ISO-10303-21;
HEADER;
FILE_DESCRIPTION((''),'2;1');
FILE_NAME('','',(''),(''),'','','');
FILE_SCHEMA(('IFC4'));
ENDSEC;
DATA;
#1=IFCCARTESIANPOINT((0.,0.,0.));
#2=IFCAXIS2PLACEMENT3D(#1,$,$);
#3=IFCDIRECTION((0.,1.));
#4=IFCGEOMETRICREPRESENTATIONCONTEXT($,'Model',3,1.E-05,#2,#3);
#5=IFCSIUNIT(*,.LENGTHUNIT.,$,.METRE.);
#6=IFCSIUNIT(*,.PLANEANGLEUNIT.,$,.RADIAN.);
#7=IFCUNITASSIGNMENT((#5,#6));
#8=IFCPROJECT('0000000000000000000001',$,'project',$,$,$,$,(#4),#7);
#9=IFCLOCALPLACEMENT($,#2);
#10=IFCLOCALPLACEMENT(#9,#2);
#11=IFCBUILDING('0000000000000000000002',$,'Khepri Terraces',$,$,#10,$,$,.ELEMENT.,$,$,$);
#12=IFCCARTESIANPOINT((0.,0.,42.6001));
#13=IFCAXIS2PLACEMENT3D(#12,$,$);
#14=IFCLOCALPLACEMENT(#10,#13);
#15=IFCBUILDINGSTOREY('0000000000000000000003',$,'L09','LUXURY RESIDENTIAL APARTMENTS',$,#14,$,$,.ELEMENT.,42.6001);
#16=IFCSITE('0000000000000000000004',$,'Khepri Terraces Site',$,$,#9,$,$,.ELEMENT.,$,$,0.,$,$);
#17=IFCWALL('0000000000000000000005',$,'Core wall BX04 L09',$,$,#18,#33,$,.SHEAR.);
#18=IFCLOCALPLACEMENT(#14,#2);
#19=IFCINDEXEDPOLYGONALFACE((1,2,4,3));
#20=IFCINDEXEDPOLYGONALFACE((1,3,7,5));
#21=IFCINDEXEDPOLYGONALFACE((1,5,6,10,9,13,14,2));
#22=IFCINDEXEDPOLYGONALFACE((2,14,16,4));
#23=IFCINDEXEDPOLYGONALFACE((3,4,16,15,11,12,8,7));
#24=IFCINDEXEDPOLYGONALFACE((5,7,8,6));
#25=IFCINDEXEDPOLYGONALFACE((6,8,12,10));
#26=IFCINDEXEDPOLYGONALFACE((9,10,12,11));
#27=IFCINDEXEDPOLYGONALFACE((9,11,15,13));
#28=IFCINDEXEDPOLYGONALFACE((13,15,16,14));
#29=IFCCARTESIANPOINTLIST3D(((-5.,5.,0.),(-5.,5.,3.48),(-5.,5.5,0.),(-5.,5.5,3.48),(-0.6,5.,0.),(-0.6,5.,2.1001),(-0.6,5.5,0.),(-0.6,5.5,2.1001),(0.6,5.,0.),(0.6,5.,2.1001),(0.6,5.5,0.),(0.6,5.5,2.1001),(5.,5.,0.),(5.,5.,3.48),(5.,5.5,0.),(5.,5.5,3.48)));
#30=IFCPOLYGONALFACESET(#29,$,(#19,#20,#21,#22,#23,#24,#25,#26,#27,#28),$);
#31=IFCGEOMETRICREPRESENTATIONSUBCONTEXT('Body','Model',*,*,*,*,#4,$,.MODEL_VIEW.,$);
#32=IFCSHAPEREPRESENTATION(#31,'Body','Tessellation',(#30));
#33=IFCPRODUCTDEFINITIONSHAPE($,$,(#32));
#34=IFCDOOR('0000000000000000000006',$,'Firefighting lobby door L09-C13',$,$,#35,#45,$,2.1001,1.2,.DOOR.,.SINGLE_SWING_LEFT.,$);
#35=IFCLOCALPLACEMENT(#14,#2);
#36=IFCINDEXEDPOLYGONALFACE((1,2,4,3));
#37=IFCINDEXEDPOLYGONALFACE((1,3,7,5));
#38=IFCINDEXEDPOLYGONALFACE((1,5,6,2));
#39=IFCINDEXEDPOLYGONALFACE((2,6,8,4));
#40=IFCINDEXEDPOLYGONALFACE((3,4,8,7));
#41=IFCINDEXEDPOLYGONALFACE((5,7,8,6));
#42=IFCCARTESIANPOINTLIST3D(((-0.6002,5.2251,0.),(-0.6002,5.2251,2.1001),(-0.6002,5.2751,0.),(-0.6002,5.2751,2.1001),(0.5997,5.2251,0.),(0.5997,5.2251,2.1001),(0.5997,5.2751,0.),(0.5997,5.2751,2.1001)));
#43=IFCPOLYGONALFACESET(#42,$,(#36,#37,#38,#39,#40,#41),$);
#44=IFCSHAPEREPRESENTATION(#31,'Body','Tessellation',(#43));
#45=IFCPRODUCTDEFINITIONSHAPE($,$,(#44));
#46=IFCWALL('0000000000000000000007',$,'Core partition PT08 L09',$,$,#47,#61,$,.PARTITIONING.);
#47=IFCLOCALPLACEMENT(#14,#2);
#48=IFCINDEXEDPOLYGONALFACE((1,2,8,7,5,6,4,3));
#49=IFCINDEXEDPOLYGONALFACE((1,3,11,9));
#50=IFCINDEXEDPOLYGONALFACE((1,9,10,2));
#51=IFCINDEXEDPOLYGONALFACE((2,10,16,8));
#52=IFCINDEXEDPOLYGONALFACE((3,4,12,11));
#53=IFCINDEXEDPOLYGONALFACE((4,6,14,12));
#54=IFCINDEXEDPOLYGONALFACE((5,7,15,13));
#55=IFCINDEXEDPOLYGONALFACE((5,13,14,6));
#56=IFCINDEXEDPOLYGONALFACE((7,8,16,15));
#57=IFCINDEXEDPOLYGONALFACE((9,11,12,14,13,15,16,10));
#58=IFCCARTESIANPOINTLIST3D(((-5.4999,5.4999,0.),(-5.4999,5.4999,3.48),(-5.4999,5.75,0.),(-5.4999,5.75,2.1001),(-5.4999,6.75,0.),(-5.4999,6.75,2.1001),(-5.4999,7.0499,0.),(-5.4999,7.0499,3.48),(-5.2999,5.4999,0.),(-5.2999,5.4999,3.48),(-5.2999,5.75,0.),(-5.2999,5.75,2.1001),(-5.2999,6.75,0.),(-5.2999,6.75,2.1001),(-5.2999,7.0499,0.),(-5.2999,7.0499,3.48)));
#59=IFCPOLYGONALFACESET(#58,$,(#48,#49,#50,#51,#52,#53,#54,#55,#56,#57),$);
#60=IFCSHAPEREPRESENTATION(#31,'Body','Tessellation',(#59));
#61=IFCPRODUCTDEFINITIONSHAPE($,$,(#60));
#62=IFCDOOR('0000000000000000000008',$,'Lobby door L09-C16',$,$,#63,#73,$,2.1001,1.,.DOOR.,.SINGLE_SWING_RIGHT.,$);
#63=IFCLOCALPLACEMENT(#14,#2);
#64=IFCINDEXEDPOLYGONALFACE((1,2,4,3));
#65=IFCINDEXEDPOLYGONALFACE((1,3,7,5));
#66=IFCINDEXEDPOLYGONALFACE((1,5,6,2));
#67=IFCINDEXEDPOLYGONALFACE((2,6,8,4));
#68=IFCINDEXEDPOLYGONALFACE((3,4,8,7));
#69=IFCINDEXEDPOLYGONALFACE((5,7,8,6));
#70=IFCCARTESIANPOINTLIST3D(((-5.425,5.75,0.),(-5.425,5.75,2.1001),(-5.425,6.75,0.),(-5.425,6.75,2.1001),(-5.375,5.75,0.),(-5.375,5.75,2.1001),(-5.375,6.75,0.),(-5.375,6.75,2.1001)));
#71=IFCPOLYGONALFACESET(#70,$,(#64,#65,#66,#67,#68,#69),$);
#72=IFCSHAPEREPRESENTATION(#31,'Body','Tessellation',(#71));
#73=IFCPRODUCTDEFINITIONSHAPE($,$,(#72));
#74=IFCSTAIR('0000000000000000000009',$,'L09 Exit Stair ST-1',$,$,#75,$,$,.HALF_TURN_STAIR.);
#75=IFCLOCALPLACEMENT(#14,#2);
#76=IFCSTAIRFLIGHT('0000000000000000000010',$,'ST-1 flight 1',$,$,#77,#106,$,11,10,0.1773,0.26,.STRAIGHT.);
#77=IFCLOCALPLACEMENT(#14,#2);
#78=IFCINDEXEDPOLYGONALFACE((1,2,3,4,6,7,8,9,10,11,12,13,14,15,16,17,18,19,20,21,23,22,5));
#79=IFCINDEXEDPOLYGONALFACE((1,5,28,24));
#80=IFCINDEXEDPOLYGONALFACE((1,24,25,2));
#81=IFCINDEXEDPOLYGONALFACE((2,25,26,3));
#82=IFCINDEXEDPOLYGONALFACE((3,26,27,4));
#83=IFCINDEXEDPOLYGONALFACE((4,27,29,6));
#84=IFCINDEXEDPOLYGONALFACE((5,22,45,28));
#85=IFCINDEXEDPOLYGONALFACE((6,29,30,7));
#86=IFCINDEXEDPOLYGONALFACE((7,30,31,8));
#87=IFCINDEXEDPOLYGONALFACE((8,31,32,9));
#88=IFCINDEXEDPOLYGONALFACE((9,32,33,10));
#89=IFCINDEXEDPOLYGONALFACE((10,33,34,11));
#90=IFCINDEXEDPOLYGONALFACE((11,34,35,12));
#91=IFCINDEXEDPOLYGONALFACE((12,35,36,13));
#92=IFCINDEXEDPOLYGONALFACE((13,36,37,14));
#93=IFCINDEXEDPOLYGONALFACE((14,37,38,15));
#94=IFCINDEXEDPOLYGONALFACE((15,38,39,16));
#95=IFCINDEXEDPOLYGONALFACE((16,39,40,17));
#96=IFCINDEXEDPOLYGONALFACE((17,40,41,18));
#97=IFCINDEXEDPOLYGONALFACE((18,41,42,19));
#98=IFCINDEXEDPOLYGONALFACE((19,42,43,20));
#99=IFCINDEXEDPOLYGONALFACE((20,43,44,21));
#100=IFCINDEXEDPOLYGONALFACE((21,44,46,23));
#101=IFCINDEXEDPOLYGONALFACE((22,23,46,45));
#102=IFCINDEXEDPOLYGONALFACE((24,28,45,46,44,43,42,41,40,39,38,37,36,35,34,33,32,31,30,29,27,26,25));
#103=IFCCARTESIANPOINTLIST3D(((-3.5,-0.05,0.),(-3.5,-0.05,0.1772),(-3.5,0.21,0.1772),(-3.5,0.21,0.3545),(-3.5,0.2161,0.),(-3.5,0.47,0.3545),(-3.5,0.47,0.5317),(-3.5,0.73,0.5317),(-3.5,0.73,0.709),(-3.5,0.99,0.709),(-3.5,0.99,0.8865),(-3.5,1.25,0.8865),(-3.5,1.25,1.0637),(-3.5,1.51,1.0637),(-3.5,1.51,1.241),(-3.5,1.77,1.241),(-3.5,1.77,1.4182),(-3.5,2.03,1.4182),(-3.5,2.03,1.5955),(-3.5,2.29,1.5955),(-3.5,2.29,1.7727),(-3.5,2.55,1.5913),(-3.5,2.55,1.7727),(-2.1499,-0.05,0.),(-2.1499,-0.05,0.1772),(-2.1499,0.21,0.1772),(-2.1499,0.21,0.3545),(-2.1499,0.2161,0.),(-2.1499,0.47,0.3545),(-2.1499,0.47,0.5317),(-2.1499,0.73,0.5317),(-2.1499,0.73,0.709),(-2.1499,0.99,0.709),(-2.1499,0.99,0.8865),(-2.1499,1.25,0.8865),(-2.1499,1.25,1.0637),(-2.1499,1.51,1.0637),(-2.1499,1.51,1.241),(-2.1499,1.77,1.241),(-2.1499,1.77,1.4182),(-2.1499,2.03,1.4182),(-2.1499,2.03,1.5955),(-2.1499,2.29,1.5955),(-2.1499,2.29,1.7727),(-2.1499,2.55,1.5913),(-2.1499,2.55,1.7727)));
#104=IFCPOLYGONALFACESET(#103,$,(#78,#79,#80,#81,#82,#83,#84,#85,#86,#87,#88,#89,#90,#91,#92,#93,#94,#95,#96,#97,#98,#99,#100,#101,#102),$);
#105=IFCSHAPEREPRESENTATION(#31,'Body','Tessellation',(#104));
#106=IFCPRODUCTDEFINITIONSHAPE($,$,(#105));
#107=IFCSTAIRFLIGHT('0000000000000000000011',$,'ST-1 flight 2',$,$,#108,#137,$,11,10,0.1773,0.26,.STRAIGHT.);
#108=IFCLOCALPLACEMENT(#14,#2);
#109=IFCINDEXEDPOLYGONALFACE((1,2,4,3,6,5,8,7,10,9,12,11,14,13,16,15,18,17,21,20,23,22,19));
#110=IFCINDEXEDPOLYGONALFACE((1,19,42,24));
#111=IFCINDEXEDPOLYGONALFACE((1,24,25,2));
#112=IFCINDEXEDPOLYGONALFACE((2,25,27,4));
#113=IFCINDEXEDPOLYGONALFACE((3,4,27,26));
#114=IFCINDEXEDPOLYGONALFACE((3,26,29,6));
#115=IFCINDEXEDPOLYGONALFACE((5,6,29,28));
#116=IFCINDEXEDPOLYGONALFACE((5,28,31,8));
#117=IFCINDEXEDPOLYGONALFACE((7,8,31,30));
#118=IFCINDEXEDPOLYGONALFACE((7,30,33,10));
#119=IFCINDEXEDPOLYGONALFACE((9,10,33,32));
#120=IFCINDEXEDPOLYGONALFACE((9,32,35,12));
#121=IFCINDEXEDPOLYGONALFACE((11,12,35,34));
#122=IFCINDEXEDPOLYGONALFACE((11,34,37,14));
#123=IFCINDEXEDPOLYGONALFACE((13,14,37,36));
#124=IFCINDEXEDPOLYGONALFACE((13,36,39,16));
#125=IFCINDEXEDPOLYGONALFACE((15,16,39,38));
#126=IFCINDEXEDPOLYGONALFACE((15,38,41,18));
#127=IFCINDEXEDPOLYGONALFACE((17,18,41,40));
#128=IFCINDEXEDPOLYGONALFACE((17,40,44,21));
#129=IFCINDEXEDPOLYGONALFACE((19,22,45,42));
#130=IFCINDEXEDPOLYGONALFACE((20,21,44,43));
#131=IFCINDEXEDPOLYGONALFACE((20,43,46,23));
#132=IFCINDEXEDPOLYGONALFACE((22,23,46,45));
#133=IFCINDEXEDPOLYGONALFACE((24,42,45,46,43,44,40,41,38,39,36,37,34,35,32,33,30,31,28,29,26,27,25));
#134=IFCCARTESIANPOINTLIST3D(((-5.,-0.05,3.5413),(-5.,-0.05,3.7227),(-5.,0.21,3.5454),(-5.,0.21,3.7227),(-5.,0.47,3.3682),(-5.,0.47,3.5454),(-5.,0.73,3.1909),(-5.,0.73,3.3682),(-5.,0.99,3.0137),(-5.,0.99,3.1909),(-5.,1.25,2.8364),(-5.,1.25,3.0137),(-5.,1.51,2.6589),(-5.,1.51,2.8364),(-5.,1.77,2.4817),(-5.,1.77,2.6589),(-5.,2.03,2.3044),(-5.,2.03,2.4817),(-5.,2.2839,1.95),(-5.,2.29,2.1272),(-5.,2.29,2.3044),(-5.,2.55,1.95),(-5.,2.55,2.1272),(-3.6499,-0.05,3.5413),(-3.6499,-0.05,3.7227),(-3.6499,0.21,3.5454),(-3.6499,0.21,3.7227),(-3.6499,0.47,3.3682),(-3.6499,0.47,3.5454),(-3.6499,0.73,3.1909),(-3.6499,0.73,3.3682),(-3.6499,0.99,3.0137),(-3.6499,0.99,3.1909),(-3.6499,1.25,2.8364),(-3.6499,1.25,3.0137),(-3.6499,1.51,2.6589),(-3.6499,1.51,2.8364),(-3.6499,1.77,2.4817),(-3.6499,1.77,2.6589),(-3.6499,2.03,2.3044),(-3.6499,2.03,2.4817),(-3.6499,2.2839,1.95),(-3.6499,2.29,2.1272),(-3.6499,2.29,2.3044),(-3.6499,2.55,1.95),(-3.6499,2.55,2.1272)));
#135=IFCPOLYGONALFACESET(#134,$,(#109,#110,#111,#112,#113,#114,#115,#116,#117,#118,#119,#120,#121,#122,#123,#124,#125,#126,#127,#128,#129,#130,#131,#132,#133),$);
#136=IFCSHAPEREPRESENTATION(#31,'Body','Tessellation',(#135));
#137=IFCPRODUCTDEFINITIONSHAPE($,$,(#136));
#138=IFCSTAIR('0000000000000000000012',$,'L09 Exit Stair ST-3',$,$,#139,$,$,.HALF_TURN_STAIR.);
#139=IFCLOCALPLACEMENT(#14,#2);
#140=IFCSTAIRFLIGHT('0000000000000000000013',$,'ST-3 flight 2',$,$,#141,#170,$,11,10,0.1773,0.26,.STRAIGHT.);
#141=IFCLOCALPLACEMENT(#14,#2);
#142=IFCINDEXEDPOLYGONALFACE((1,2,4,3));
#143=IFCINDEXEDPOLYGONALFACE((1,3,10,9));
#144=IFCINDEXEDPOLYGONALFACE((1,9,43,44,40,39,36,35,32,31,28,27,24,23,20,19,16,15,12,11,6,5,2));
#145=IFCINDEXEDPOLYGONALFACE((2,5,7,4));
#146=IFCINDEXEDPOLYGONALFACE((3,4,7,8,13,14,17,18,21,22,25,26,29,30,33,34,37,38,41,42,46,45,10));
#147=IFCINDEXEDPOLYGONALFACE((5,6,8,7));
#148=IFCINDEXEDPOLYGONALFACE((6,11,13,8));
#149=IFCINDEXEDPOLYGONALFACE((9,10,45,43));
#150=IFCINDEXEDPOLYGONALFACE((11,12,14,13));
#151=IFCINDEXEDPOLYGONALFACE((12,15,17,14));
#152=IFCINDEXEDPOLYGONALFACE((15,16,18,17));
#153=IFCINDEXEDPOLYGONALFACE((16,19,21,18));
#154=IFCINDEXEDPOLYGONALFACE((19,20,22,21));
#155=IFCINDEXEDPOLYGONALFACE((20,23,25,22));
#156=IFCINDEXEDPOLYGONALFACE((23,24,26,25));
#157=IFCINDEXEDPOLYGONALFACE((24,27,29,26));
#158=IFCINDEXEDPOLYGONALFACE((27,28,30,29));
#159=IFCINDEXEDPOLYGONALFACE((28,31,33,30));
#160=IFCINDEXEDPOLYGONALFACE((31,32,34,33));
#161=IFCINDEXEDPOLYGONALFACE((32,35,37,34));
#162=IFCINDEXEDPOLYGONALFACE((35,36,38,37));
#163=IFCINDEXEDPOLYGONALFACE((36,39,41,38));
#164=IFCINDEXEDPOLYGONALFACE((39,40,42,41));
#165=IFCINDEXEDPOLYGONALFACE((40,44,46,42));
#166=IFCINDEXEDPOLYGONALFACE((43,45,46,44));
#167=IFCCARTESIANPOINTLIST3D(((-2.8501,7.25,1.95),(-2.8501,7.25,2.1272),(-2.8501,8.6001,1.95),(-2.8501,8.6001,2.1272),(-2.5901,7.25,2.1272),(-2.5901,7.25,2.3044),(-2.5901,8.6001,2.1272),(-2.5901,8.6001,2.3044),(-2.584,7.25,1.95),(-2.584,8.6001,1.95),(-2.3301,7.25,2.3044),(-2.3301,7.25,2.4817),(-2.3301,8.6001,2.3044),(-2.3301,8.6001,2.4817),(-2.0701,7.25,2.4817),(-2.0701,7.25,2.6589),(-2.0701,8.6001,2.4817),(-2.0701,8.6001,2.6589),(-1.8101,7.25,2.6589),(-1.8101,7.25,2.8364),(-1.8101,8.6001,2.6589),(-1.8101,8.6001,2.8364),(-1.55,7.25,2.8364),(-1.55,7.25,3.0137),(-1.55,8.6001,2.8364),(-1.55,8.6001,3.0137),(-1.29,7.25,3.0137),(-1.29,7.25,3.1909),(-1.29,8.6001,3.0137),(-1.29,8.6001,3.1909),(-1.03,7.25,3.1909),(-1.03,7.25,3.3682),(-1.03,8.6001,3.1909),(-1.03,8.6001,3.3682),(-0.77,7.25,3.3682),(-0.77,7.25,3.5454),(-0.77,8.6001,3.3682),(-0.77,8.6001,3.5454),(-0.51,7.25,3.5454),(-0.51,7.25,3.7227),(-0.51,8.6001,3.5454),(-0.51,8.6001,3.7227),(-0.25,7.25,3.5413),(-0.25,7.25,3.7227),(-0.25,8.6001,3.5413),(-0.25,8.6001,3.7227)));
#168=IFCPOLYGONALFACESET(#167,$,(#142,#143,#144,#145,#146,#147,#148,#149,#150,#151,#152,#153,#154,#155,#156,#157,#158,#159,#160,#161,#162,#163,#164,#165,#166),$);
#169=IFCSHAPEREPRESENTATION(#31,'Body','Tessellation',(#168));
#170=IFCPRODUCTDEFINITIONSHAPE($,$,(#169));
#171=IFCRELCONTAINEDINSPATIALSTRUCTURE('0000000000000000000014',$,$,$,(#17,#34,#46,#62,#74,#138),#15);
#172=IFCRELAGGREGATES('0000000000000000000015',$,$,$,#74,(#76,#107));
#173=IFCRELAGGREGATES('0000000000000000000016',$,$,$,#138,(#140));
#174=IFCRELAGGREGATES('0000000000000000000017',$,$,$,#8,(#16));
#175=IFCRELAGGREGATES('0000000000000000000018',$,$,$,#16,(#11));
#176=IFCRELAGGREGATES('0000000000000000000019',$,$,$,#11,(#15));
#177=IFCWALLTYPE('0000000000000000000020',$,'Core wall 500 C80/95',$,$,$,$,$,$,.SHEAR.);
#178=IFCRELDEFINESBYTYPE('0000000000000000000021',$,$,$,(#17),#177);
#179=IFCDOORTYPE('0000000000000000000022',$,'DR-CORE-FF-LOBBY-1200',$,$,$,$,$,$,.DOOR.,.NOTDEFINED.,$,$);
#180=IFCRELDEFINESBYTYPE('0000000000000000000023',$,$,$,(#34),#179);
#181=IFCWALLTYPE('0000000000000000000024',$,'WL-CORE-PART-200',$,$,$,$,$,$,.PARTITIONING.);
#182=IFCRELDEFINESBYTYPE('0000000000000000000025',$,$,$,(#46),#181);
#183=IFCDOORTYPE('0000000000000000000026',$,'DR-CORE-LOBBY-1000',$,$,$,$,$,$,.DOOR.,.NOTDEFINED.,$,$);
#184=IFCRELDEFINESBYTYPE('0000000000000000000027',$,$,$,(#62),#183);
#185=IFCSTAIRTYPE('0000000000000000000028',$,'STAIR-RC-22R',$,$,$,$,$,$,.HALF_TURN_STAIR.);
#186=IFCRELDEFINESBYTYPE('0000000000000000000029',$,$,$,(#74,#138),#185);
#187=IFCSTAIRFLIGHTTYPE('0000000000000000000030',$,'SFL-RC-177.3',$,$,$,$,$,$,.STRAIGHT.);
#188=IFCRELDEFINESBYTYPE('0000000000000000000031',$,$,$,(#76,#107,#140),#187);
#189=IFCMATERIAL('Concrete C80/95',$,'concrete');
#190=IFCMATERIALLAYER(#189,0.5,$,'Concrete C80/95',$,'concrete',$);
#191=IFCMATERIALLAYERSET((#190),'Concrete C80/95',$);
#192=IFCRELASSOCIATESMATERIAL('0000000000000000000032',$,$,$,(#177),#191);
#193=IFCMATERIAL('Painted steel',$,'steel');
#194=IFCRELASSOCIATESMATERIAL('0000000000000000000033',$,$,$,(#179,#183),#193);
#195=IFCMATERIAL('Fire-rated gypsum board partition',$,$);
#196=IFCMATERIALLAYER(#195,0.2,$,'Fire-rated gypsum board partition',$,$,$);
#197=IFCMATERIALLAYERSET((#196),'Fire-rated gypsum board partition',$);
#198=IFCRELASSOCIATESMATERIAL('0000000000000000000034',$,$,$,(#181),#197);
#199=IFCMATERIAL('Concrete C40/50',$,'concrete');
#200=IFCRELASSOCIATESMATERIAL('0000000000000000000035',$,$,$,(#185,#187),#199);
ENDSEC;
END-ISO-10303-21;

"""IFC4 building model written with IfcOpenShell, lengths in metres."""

from ifc_helpers import new_model, si_unit, direction, frame, frame_2d, origin, place, context, subcontext, project, spatial, polyline, rectangle, outline, extrude, material, layer, layer_set, type_object, element, fill, aggregate, save


model = new_model("IFC4")

# Units and contexts
model_context = context("Model", 3, precision=1e-05, world=origin(), true_north=direction((0.0, 1.0)))
body_context = subcontext(model_context, "Body", "Model", "MODEL_VIEW")
ifc_project = project(units=[si_unit("LENGTHUNIT", "METRE"), si_unit("PLANEANGLEUNIT", "RADIAN")], contexts=[model_context])

# Site, building, storey
site_placement = place(None, origin())
site = spatial("IfcSite", under=ifc_project, at=site_placement, Name="Khepri Terraces Site", CompositionType="ELEMENT", RefElevation=0.0)
building_placement = place(site_placement, origin())
building = spatial("IfcBuilding", under=site, at=building_placement, Name="Khepri Terraces", CompositionType="ELEMENT")
storey_placement = place(building_placement, frame((0.0, 0.0, 42.6001)))
storey = spatial("IfcBuildingStorey", under=building, at=storey_placement, Name="L09", Description="LUXURY RESIDENTIAL APARTMENTS", CompositionType="ELEMENT", Elevation=42.6001)

# Shared definitions
ifc_material_1 = material(Name="Concrete C40/50", Category="concrete")

# Shared definitions
ifc_material_2 = material(Name="Concrete C80/95", Category="concrete")

# Walls, openings, doors
ifc_layer_1 = layer(ifc_material_2, 0.5, Name="Concrete C80/95", Category="concrete")
ifc_layer_set_1 = layer_set([ifc_layer_1], Name="Concrete C80/95")
wall_type_1 = type_object("IfcWallType", Name="Core wall 500 C80/95", PredefinedType="SHEAR", material=ifc_layer_set_1)
wall_1_placement = place(storey_placement, frame((-5.0, 5.25, 0.0), z_axis=(0.0, 0.0, 1.0), x_axis=(1.0, 0.0, 0.0)))
wall_1 = element("IfcWall", 1, at=wall_1_placement, inside=storey, type_object=wall_type_1, Name="Core wall BX04 L09", PredefinedType="SHEAR", context=body_context, shape_type="SweptSolid", body=[
    extrude(rectangle(XDim=10.0, YDim=0.5, at=frame_2d((5.0, 0.0))), origin(), (0.0, 0.0, 1.0), 3.48),
])
opening_1_placement = place(wall_1_placement, frame((4.3999, 0.0, 0.0)))
opening_1 = element("IfcOpeningElement", 2, at=opening_1_placement, cuts=wall_1, PredefinedType="OPENING", context=body_context, shape_type="SweptSolid", body=[
    extrude(rectangle(XDim=1.2, YDim=2.1001, at=frame_2d((0.6001, 1.05))), frame((0.0, 0.26, 0.0), z_axis=(0.0, -1.0, 0.0), x_axis=(1.0, 0.0, 0.0)), (0.0, 0.0, 1.0), 0.52),
])
ifc_material_3 = material(Name="Painted steel", Category="steel")
door_type_1 = type_object("IfcDoorType", Name="DR-CORE-FF-LOBBY-1200", OperationType="NOTDEFINED", PredefinedType="DOOR", material=ifc_material_3)
door_1_placement = place(opening_1_placement, frame((1.2, 0.0, 0.0), z_axis=(0.0, 0.0, 1.0), x_axis=(-1.0, 0.0, 0.0)))
door_1 = element("IfcDoor", 3, at=door_1_placement, inside=storey, type_object=door_type_1, Name="Firefighting lobby door L09-C13", OperationType="SINGLE_SWING_LEFT", OverallHeight=2.1001, OverallWidth=1.2, PredefinedType="DOOR", context=body_context, shape_type="SweptSolid", body=[
    extrude(rectangle(XDim=1.2, YDim=2.1001, at=frame_2d((0.6001, 1.05))), frame((0.0, 0.0249, 0.0), z_axis=(0.0, -1.0, 0.0), x_axis=(1.0, 0.0, 0.0)), (0.0, 0.0, 1.0), 0.05),
])
fill(opening_1, door_1)
ifc_material_4 = material(Name="Fire-rated gypsum board partition")
ifc_layer_2 = layer(ifc_material_4, 0.2, Name="Fire-rated gypsum board partition")
ifc_layer_set_2 = layer_set([ifc_layer_2], Name="Fire-rated gypsum board partition")
wall_type_2 = type_object("IfcWallType", Name="WL-CORE-PART-200", PredefinedType="PARTITIONING", material=ifc_layer_set_2)
wall_2_placement = place(storey_placement, frame((-5.3999, 5.5, 0.0), z_axis=(0.0, 0.0, 1.0), x_axis=(0.0, 1.0, 0.0)))
wall_2 = element("IfcWall", 4, at=wall_2_placement, inside=storey, type_object=wall_type_2, Name="Core partition PT08 L09", PredefinedType="PARTITIONING", context=body_context, shape_type="SweptSolid", body=[
    extrude(rectangle(XDim=1.55, YDim=0.2, at=frame_2d((0.7749, 0.0))), origin(), (0.0, 0.0, 1.0), 3.48),
])
opening_2_placement = place(wall_2_placement, frame((0.25, 0.0, 0.0)))
opening_2 = element("IfcOpeningElement", 5, at=opening_2_placement, cuts=wall_2, PredefinedType="OPENING", context=body_context, shape_type="SweptSolid", body=[
    extrude(rectangle(XDim=1.0, YDim=2.1001, at=frame_2d((0.5, 1.05))), frame((0.0, 0.1099, 0.0), z_axis=(0.0, -1.0, 0.0), x_axis=(1.0, 0.0, 0.0)), (0.0, 0.0, 1.0), 0.22),
])
door_type_2 = type_object("IfcDoorType", Name="DR-CORE-LOBBY-1000", OperationType="NOTDEFINED", PredefinedType="DOOR", material=ifc_material_3)
door_2_placement = place(opening_2_placement, frame((1.0, 0.0, 0.0), z_axis=(0.0, 0.0, 1.0), x_axis=(-1.0, 0.0, 0.0)))
door_2 = element("IfcDoor", 6, at=door_2_placement, inside=storey, type_object=door_type_2, Name="Lobby door L09-C16", OperationType="SINGLE_SWING_RIGHT", OverallHeight=2.1001, OverallWidth=1.0, PredefinedType="DOOR", context=body_context, shape_type="SweptSolid", body=[
    extrude(rectangle(XDim=1.0, YDim=2.1001, at=frame_2d((0.5, 1.05))), frame((0.0, 0.0249, 0.0), z_axis=(0.0, -1.0, 0.0), x_axis=(1.0, 0.0, 0.0)), (0.0, 0.0, 1.0), 0.05),
])
fill(opening_2, door_2)

# Stair, stair flights
stair_type = type_object("IfcStairType", Name="STAIR-RC-22R", PredefinedType="HALF_TURN_STAIR", material=ifc_material_1)
stair_1_placement = place(storey_placement, origin())
stair_1 = element("IfcStair", 7, at=stair_1_placement, inside=storey, type_object=stair_type, Name="L09 Exit Stair ST-1", PredefinedType="HALF_TURN_STAIR")
stair_flight_type = type_object("IfcStairFlightType", Name="SFL-RC-177.3", PredefinedType="STRAIGHT", material=ifc_material_1)
stair_flight_1_placement = place(storey_placement, frame((-2.825, -0.05, 0.0), z_axis=(0.0, 0.0, 1.0), x_axis=(0.0, 1.0, 0.0)))
stair_flight_1 = element("IfcStairFlight", 8, at=stair_flight_1_placement, type_object=stair_flight_type, Name="ST-1 flight 1", NumberOfRisers=11, NumberOfTreads=10, PredefinedType="STRAIGHT", RiserHeight=0.1773, TreadLength=0.26, context=body_context, shape_type="SweptSolid", body=[
    extrude(outline(polyline([(0.0, 0.0), (0.0, 0.1772), (0.26, 0.1772), (0.26, 0.3545), (0.52, 0.3545), (0.52, 0.5317), (0.78, 0.5317), (0.78, 0.709), (1.04, 0.709), (1.04, 0.8865), (1.3, 0.8865), (1.3, 1.0637), (1.5601, 1.0637), (1.5601, 1.241), (1.8201, 1.241), (1.8201, 1.4182), (2.0801, 1.4182), (2.0801, 1.5955), (2.3401, 1.5955), (2.3401, 1.7727), (2.6001, 1.7727), (2.6001, 1.95), (2.6001, 1.5913), (0.2661, 0.0), (0.0, 0.0)])), frame((0.0, 0.675, 0.0), z_axis=(0.0, -1.0, 0.0), x_axis=(1.0, 0.0, 0.0)), (0.0, 0.0, 1.0), 1.3501),
])
stair_flight_2_placement = place(storey_placement, frame((-4.325, 2.55, 1.95), z_axis=(0.0, 0.0, 1.0), x_axis=(0.0, -1.0, 0.0)))
stair_flight_2 = element("IfcStairFlight", 9, at=stair_flight_2_placement, type_object=stair_flight_type, Name="ST-1 flight 2", NumberOfRisers=11, NumberOfTreads=10, PredefinedType="STRAIGHT", RiserHeight=0.1773, TreadLength=0.26, context=body_context, shape_type="SweptSolid", body=[
    extrude(outline(polyline([(0.0, 0.0), (0.0, 0.1772), (0.26, 0.1772), (0.26, 0.3545), (0.52, 0.3545), (0.52, 0.5317), (0.78, 0.5317), (0.78, 0.709), (1.04, 0.709), (1.04, 0.8865), (1.3, 0.8865), (1.3, 1.0637), (1.5601, 1.0637), (1.5601, 1.241), (1.8201, 1.241), (1.8201, 1.4182), (2.0801, 1.4182), (2.0801, 1.5955), (2.3401, 1.5955), (2.3401, 1.7727), (2.6001, 1.7727), (2.6001, 1.95), (2.6001, 1.5913), (0.2661, 0.0), (0.0, 0.0)])), frame((0.0, 0.675, 0.0), z_axis=(0.0, -1.0, 0.0), x_axis=(1.0, 0.0, 0.0)), (0.0, 0.0, 1.0), 1.3501),
])
aggregate(stair_1, [stair_flight_1, stair_flight_2])

# Stair, stair flight
stair_2_placement = place(storey_placement, origin())
stair_2 = element("IfcStair", 10, at=stair_2_placement, inside=storey, type_object=stair_type, Name="L09 Exit Stair ST-3", PredefinedType="HALF_TURN_STAIR")
stair_flight_3_placement = place(storey_placement, frame((-2.8501, 7.925, 1.95), z_axis=(0.0, 0.0, 1.0), x_axis=(1.0, 0.0, 0.0)))
stair_flight_3 = element("IfcStairFlight", 11, at=stair_flight_3_placement, type_object=stair_flight_type, Name="ST-3 flight 2", NumberOfRisers=11, NumberOfTreads=10, PredefinedType="STRAIGHT", RiserHeight=0.1773, TreadLength=0.26, context=body_context, shape_type="SweptSolid", body=[
    extrude(outline(polyline([(0.0, 0.0), (0.0, 0.1772), (0.26, 0.1772), (0.26, 0.3545), (0.52, 0.3545), (0.52, 0.5317), (0.78, 0.5317), (0.78, 0.709), (1.04, 0.709), (1.04, 0.8865), (1.3, 0.8865), (1.3, 1.0637), (1.5601, 1.0637), (1.5601, 1.241), (1.8201, 1.241), (1.8201, 1.4182), (2.0801, 1.4182), (2.0801, 1.5955), (2.3401, 1.5955), (2.3401, 1.7727), (2.6001, 1.7727), (2.6001, 1.95), (2.6001, 1.5913), (0.2661, 0.0), (0.0, 0.0)])), frame((0.0, 0.675, 0.0), z_axis=(0.0, -1.0, 0.0), x_axis=(1.0, 0.0, 0.0)), (0.0, 0.0, 1.0), 1.3501),
])
aggregate(stair_2, [stair_flight_3])

save(model, "model.ifc")
